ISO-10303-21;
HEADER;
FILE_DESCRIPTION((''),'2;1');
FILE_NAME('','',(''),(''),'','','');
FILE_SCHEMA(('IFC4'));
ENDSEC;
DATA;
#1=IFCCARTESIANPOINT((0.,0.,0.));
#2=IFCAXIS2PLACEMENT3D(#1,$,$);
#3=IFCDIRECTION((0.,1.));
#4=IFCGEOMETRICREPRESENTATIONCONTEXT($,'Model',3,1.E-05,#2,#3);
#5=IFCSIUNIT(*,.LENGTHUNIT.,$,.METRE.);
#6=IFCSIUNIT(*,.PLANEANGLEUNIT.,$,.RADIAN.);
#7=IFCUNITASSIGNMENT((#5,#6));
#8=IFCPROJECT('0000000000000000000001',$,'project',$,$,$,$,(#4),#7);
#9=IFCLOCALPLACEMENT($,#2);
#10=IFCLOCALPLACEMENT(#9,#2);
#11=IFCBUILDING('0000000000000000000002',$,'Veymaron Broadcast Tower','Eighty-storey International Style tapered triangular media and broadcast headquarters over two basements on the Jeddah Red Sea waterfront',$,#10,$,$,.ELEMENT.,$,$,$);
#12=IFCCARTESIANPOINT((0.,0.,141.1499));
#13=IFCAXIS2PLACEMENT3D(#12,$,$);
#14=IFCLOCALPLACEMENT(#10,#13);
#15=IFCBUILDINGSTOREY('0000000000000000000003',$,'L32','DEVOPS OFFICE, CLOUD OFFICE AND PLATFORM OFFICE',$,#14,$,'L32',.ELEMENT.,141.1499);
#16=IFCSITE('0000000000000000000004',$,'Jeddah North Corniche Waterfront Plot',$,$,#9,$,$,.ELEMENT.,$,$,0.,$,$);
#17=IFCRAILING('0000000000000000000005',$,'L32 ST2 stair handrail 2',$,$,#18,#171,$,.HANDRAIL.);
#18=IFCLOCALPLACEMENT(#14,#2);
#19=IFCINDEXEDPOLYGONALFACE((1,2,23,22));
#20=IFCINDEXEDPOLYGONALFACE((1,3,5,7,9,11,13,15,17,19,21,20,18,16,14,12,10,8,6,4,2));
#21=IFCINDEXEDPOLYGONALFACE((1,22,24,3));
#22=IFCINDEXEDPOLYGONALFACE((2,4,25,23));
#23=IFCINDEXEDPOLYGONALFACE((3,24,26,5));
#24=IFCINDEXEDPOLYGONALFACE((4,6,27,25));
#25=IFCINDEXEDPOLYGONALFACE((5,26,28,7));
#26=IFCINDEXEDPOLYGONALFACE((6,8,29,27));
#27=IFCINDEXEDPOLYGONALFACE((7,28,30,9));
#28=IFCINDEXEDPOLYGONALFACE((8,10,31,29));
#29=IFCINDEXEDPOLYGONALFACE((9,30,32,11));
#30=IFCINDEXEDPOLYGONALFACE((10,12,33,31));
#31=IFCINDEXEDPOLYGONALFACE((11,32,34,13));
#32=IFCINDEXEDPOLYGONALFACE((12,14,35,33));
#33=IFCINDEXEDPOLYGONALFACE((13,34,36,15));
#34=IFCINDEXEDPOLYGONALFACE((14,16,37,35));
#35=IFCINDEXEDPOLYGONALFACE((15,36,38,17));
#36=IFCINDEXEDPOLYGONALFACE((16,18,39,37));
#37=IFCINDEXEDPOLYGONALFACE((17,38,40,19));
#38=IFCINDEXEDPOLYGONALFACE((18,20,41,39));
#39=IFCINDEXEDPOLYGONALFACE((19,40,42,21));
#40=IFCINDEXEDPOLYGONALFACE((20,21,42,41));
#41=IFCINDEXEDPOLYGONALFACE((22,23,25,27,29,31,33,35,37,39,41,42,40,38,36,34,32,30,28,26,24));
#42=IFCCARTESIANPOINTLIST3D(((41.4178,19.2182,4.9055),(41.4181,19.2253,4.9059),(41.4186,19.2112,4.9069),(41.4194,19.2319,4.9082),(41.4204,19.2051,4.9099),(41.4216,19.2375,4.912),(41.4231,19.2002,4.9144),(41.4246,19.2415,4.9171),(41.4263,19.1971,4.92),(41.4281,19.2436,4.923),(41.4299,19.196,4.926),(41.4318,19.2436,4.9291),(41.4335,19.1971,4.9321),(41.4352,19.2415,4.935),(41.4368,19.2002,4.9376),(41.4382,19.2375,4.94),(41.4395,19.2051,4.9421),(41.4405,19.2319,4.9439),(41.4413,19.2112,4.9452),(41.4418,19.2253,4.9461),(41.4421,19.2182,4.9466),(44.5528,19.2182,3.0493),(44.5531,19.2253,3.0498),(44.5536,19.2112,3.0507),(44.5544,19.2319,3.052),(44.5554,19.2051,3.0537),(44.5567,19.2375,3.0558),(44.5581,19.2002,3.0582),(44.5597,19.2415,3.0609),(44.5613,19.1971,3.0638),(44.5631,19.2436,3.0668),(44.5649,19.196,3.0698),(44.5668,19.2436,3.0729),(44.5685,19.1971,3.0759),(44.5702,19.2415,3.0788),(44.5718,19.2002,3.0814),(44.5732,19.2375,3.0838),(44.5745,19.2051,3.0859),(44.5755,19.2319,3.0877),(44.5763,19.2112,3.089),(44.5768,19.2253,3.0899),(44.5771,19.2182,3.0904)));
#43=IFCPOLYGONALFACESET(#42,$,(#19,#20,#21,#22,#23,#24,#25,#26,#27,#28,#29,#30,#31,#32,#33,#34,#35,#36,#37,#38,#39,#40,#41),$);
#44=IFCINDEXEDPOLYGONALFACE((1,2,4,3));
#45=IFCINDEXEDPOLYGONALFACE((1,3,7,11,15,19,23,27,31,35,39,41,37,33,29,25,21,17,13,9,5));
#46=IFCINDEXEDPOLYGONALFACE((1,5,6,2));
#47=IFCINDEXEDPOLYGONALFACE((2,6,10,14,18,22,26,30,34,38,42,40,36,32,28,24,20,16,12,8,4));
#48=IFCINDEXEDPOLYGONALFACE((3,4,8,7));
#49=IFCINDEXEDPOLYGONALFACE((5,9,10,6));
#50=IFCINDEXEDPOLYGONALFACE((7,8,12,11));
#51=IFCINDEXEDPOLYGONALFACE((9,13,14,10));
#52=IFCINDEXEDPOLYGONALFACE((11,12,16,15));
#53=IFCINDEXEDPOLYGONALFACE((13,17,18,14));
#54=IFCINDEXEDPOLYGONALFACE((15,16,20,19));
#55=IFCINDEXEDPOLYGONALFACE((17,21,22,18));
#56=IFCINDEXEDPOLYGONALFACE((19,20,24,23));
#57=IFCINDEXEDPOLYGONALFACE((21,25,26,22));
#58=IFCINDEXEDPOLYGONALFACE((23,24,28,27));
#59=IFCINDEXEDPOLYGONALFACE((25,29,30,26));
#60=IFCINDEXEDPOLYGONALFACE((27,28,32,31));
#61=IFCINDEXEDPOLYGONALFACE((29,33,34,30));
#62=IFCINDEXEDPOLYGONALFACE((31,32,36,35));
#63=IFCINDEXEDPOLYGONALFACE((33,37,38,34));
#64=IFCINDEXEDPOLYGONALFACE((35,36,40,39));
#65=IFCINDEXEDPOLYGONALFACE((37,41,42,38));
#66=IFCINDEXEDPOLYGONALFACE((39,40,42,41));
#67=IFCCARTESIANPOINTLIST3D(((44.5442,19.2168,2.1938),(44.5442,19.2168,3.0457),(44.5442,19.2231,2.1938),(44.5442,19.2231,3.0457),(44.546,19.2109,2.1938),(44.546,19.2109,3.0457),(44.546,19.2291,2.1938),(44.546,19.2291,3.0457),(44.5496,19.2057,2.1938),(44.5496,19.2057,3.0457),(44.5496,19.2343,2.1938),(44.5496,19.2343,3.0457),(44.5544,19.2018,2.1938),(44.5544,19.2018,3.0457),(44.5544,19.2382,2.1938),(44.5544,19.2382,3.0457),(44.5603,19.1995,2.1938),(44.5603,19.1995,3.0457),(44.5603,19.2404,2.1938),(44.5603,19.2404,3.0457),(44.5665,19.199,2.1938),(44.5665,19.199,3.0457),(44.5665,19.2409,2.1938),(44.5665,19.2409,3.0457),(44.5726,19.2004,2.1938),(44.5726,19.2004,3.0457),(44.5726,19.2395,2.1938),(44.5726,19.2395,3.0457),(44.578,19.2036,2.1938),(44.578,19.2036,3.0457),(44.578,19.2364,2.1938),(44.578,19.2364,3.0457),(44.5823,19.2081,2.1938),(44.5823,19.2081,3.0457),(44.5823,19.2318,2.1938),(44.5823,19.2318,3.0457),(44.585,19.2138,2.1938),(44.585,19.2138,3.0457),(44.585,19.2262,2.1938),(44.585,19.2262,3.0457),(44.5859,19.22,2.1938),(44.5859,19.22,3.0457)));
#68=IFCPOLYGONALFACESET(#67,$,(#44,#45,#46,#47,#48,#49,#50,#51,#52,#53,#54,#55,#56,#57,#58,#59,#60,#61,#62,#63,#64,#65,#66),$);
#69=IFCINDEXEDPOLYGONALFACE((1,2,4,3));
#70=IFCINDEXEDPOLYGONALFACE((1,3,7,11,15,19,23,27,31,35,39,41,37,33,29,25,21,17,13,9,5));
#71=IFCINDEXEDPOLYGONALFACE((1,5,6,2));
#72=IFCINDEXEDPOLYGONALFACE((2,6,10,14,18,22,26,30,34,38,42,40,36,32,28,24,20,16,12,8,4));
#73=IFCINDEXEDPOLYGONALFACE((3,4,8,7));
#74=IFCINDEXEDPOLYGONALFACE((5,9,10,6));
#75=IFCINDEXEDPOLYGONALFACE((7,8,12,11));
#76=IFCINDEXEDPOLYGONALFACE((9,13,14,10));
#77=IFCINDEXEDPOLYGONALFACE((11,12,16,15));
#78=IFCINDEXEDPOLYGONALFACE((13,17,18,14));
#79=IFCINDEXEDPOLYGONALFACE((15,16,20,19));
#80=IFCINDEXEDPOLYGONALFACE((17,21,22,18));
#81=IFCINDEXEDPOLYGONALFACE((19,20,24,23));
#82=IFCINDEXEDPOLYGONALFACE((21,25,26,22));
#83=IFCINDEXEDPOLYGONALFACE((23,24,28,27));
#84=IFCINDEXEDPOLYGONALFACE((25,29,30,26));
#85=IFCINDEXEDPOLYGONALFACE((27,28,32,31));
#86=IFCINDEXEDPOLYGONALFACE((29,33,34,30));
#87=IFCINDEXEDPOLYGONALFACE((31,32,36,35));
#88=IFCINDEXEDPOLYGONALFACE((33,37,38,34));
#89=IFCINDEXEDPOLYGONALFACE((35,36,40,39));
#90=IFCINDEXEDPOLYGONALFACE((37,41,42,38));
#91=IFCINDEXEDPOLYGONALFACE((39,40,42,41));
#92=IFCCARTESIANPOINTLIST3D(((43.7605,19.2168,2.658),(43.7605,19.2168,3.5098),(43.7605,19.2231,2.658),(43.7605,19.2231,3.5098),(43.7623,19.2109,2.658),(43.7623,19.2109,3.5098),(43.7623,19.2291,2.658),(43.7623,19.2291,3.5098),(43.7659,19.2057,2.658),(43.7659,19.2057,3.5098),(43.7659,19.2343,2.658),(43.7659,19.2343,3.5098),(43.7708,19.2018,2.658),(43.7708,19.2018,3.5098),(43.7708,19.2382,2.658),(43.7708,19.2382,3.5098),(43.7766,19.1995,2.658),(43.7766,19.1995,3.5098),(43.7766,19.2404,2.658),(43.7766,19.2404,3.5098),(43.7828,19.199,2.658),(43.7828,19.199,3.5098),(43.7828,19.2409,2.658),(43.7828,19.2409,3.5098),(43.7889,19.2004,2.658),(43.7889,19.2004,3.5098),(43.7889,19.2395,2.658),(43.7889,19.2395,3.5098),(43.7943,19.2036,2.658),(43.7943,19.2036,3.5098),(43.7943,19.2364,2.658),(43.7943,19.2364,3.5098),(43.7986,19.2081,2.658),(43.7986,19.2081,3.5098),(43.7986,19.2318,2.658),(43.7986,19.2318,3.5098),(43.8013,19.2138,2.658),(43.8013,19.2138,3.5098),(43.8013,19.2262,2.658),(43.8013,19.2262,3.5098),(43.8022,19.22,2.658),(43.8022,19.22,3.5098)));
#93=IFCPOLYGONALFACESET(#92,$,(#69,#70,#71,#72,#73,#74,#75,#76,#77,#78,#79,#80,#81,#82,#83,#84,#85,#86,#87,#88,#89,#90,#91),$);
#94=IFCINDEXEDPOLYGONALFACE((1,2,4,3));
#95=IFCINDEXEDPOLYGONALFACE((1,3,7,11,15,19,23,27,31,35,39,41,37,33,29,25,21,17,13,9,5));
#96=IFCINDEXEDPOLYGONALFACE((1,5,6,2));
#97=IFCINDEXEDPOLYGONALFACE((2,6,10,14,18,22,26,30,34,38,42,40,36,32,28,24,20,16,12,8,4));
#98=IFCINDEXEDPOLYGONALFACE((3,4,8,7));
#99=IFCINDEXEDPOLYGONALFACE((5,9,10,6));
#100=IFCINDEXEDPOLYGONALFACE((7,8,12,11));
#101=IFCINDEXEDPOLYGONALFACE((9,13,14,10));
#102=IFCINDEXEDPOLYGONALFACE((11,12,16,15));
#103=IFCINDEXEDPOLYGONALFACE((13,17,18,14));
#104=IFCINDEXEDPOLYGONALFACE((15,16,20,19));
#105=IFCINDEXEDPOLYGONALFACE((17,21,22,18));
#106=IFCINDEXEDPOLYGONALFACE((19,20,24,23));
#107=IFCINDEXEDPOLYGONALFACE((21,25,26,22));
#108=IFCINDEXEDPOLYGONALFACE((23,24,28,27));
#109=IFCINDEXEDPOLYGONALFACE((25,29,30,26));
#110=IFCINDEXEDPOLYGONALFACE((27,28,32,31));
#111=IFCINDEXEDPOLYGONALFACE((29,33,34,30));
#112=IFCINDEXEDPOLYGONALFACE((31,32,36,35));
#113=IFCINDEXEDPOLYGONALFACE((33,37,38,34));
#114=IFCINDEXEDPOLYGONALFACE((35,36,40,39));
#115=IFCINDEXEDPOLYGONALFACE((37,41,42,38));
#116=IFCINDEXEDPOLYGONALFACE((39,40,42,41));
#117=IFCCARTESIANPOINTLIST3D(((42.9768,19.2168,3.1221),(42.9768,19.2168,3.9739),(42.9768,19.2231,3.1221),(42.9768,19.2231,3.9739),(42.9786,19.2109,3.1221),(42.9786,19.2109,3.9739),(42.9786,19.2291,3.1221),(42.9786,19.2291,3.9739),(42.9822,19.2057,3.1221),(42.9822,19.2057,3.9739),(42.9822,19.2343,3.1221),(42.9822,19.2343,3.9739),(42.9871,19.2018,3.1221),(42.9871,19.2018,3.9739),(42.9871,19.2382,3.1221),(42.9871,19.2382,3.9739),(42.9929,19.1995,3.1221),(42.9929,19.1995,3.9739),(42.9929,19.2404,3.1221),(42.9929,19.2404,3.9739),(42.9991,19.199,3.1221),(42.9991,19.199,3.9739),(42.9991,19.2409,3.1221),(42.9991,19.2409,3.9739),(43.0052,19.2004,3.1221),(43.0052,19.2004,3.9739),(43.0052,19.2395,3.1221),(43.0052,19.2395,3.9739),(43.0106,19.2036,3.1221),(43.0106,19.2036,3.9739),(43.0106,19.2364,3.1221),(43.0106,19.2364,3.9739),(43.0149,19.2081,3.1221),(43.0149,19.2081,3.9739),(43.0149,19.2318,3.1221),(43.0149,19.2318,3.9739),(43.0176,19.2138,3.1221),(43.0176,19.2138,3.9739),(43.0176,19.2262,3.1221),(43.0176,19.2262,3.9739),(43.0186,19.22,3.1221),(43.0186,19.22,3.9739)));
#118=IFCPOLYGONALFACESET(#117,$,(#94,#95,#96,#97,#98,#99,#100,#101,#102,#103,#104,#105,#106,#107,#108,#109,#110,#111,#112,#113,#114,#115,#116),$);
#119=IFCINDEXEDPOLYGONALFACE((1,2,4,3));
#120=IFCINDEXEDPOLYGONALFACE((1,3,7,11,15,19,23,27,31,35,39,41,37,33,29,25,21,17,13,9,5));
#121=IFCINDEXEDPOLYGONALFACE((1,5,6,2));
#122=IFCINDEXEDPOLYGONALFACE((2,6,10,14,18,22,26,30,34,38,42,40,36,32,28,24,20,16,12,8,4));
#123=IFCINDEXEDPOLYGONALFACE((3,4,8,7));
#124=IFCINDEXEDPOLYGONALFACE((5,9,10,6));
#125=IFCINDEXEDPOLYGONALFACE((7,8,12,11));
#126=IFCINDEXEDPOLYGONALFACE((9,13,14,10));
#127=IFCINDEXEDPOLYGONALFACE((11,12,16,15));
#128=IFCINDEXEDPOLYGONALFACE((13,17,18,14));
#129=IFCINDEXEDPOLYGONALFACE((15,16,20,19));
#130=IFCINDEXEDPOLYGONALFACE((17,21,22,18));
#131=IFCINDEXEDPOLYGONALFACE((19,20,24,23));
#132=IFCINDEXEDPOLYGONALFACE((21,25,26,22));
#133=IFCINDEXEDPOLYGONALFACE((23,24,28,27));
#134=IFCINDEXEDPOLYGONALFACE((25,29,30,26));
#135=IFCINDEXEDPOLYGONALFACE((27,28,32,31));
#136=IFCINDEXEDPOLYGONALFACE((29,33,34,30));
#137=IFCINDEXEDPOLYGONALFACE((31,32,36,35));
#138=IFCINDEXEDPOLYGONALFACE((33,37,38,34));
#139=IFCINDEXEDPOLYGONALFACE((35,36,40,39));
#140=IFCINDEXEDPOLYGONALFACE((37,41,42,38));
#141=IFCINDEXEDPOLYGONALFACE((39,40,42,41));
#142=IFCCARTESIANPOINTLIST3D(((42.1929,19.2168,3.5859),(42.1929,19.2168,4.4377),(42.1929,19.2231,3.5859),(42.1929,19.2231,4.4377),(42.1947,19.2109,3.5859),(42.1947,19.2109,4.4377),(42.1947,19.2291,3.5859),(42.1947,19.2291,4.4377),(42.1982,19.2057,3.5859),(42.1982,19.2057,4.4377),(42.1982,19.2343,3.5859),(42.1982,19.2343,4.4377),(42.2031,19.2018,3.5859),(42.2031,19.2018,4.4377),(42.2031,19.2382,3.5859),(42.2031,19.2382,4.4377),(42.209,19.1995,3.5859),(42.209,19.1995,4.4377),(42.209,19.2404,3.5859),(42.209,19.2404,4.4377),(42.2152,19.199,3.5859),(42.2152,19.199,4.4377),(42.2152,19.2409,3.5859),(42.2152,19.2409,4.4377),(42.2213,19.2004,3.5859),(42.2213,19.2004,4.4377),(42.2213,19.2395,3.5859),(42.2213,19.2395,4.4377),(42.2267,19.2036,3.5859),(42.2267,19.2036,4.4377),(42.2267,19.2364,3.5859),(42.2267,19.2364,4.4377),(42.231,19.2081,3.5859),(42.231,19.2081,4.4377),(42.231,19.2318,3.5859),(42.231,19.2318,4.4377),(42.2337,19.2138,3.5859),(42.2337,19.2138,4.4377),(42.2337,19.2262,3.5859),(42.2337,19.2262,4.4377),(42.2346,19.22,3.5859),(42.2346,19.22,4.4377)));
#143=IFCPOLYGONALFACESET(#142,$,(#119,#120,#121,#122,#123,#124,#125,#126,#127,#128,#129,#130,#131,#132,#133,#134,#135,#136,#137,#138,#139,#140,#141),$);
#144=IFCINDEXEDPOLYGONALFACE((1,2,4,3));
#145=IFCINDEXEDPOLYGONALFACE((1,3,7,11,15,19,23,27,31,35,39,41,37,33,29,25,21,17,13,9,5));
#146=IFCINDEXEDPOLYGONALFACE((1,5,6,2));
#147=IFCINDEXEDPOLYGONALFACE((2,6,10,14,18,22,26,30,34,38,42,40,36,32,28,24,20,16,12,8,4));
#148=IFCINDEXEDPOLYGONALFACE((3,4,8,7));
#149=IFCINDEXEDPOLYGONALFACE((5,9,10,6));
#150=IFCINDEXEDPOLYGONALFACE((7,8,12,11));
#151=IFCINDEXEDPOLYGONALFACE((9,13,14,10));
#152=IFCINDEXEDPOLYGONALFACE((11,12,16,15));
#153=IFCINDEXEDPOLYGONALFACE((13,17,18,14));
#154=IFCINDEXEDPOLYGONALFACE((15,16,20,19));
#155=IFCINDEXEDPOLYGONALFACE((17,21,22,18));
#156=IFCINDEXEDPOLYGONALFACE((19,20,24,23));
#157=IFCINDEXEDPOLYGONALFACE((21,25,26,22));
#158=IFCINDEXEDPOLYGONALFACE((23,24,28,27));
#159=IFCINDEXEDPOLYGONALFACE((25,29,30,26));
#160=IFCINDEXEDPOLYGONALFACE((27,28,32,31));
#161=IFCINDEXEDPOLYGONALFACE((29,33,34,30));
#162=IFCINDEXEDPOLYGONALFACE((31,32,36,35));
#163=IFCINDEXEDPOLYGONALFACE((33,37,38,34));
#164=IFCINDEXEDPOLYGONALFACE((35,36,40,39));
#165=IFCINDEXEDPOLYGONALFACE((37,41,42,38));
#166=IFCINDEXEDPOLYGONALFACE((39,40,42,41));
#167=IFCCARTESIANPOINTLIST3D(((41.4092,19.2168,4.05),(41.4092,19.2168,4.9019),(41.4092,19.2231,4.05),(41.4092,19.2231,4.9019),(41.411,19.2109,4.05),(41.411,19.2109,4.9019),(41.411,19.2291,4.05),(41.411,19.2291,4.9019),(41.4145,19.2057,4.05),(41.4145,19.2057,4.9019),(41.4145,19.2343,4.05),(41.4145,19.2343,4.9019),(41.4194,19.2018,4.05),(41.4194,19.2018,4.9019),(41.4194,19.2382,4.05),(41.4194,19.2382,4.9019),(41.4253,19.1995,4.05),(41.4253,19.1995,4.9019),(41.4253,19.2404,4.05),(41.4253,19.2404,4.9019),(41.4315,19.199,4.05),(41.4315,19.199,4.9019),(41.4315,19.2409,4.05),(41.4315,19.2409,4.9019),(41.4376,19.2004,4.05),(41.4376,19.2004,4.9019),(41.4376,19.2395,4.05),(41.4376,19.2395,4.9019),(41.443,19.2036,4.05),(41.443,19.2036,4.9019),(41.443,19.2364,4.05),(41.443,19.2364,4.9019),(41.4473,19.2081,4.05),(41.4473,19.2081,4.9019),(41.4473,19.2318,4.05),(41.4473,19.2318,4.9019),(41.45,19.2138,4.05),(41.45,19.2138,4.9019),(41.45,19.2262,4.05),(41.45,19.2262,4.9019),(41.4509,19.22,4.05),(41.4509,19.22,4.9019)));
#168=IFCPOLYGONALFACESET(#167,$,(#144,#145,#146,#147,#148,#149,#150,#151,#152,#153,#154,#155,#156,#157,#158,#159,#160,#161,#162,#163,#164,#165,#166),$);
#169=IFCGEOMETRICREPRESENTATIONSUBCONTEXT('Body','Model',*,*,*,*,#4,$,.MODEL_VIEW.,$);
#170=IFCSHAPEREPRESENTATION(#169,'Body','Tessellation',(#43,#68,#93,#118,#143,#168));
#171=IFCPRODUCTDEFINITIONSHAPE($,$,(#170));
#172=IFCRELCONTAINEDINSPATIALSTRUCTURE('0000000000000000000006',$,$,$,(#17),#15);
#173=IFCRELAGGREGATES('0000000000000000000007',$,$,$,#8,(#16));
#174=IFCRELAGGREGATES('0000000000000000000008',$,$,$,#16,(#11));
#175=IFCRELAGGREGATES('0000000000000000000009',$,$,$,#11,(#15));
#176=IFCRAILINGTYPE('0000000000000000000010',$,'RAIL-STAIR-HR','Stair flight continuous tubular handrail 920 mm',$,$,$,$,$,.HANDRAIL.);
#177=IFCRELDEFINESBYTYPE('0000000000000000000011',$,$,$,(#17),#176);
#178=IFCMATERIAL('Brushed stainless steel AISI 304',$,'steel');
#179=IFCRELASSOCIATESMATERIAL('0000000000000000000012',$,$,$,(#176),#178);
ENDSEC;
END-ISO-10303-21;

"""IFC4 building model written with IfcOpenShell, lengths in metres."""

from ifc_helpers import new_model, si_unit, direction, frame, origin, origin_2d, place, context, subcontext, project, spatial, circle, extrude, material, type_object, element, save


model = new_model("IFC4")

# Units and contexts
model_context = context("Model", 3, precision=1e-05, world=origin(), true_north=direction((0.0, 1.0)))
body_context = subcontext(model_context, "Body", "Model", "MODEL_VIEW")
ifc_project = project(units=[si_unit("LENGTHUNIT", "METRE"), si_unit("PLANEANGLEUNIT", "RADIAN")], contexts=[model_context])

# Site, building, storey
site_placement = place(None, origin())
site = spatial("IfcSite", under=ifc_project, at=site_placement, Name="Jeddah North Corniche Waterfront Plot", CompositionType="ELEMENT", RefElevation=0.0)
building_placement = place(site_placement, origin())
building = spatial("IfcBuilding", under=site, at=building_placement, Name="Veymaron Broadcast Tower", Description="Eighty-storey International Style tapered triangular media and broadcast headquarters over two basements on the Jeddah Red Sea waterfront", CompositionType="ELEMENT")
storey_placement = place(building_placement, frame((0.0, 0.0, 141.1499)))
storey = spatial("IfcBuildingStorey", under=building, at=storey_placement, Name="L32", Description="DEVOPS OFFICE, CLOUD OFFICE AND PLATFORM OFFICE", LongName="L32", CompositionType="ELEMENT", Elevation=141.1499)

# Shared definitions
ifc_material_1 = material(Name="Brushed stainless steel AISI 304", Category="steel")

# Railing
railing_type_1 = type_object("IfcRailingType", Name="RAIL-STAIR-HR", Description="Stair flight continuous tubular handrail 920 mm", PredefinedType="HANDRAIL", material=ifc_material_1)
railing_1_placement = place(storey_placement, frame((44.5649, 19.22, 2.1938)))
element("IfcRailing", 1, at=railing_1_placement, inside=storey, type_object=railing_type_1, Name="L32 ST2 stair handrail 2", PredefinedType="HANDRAIL", context=body_context, shape_type="SweptSolid", body=[
    extrude(circle(Radius=0.0239, at=origin_2d()), frame((0.0, 0.0, 0.876), z_axis=(-0.860482, 0.0, 0.509481), x_axis=(0.0, -1.0, 0.0)), (0.0, 0.0, 1.0), 3.6433),
    extrude(circle(Radius=0.021, at=origin_2d()), origin(), (0.0, 0.0, 1.0), 0.8518),
    extrude(circle(Radius=0.021, at=origin_2d()), frame((-0.7837, 0.0, 0.4641)), (0.0, 0.0, 1.0), 0.8518),
    extrude(circle(Radius=0.021, at=origin_2d()), frame((-1.5674, 0.0, 0.9282)), (0.0, 0.0, 1.0), 0.8518),
    extrude(circle(Radius=0.021, at=origin_2d()), frame((-2.3513, 0.0, 1.3921)), (0.0, 0.0, 1.0), 0.8518),
    extrude(circle(Radius=0.021, at=origin_2d()), frame((-3.135, 0.0, 1.8562)), (0.0, 0.0, 1.0), 0.8518),
])

save(model, "model.ifc")
